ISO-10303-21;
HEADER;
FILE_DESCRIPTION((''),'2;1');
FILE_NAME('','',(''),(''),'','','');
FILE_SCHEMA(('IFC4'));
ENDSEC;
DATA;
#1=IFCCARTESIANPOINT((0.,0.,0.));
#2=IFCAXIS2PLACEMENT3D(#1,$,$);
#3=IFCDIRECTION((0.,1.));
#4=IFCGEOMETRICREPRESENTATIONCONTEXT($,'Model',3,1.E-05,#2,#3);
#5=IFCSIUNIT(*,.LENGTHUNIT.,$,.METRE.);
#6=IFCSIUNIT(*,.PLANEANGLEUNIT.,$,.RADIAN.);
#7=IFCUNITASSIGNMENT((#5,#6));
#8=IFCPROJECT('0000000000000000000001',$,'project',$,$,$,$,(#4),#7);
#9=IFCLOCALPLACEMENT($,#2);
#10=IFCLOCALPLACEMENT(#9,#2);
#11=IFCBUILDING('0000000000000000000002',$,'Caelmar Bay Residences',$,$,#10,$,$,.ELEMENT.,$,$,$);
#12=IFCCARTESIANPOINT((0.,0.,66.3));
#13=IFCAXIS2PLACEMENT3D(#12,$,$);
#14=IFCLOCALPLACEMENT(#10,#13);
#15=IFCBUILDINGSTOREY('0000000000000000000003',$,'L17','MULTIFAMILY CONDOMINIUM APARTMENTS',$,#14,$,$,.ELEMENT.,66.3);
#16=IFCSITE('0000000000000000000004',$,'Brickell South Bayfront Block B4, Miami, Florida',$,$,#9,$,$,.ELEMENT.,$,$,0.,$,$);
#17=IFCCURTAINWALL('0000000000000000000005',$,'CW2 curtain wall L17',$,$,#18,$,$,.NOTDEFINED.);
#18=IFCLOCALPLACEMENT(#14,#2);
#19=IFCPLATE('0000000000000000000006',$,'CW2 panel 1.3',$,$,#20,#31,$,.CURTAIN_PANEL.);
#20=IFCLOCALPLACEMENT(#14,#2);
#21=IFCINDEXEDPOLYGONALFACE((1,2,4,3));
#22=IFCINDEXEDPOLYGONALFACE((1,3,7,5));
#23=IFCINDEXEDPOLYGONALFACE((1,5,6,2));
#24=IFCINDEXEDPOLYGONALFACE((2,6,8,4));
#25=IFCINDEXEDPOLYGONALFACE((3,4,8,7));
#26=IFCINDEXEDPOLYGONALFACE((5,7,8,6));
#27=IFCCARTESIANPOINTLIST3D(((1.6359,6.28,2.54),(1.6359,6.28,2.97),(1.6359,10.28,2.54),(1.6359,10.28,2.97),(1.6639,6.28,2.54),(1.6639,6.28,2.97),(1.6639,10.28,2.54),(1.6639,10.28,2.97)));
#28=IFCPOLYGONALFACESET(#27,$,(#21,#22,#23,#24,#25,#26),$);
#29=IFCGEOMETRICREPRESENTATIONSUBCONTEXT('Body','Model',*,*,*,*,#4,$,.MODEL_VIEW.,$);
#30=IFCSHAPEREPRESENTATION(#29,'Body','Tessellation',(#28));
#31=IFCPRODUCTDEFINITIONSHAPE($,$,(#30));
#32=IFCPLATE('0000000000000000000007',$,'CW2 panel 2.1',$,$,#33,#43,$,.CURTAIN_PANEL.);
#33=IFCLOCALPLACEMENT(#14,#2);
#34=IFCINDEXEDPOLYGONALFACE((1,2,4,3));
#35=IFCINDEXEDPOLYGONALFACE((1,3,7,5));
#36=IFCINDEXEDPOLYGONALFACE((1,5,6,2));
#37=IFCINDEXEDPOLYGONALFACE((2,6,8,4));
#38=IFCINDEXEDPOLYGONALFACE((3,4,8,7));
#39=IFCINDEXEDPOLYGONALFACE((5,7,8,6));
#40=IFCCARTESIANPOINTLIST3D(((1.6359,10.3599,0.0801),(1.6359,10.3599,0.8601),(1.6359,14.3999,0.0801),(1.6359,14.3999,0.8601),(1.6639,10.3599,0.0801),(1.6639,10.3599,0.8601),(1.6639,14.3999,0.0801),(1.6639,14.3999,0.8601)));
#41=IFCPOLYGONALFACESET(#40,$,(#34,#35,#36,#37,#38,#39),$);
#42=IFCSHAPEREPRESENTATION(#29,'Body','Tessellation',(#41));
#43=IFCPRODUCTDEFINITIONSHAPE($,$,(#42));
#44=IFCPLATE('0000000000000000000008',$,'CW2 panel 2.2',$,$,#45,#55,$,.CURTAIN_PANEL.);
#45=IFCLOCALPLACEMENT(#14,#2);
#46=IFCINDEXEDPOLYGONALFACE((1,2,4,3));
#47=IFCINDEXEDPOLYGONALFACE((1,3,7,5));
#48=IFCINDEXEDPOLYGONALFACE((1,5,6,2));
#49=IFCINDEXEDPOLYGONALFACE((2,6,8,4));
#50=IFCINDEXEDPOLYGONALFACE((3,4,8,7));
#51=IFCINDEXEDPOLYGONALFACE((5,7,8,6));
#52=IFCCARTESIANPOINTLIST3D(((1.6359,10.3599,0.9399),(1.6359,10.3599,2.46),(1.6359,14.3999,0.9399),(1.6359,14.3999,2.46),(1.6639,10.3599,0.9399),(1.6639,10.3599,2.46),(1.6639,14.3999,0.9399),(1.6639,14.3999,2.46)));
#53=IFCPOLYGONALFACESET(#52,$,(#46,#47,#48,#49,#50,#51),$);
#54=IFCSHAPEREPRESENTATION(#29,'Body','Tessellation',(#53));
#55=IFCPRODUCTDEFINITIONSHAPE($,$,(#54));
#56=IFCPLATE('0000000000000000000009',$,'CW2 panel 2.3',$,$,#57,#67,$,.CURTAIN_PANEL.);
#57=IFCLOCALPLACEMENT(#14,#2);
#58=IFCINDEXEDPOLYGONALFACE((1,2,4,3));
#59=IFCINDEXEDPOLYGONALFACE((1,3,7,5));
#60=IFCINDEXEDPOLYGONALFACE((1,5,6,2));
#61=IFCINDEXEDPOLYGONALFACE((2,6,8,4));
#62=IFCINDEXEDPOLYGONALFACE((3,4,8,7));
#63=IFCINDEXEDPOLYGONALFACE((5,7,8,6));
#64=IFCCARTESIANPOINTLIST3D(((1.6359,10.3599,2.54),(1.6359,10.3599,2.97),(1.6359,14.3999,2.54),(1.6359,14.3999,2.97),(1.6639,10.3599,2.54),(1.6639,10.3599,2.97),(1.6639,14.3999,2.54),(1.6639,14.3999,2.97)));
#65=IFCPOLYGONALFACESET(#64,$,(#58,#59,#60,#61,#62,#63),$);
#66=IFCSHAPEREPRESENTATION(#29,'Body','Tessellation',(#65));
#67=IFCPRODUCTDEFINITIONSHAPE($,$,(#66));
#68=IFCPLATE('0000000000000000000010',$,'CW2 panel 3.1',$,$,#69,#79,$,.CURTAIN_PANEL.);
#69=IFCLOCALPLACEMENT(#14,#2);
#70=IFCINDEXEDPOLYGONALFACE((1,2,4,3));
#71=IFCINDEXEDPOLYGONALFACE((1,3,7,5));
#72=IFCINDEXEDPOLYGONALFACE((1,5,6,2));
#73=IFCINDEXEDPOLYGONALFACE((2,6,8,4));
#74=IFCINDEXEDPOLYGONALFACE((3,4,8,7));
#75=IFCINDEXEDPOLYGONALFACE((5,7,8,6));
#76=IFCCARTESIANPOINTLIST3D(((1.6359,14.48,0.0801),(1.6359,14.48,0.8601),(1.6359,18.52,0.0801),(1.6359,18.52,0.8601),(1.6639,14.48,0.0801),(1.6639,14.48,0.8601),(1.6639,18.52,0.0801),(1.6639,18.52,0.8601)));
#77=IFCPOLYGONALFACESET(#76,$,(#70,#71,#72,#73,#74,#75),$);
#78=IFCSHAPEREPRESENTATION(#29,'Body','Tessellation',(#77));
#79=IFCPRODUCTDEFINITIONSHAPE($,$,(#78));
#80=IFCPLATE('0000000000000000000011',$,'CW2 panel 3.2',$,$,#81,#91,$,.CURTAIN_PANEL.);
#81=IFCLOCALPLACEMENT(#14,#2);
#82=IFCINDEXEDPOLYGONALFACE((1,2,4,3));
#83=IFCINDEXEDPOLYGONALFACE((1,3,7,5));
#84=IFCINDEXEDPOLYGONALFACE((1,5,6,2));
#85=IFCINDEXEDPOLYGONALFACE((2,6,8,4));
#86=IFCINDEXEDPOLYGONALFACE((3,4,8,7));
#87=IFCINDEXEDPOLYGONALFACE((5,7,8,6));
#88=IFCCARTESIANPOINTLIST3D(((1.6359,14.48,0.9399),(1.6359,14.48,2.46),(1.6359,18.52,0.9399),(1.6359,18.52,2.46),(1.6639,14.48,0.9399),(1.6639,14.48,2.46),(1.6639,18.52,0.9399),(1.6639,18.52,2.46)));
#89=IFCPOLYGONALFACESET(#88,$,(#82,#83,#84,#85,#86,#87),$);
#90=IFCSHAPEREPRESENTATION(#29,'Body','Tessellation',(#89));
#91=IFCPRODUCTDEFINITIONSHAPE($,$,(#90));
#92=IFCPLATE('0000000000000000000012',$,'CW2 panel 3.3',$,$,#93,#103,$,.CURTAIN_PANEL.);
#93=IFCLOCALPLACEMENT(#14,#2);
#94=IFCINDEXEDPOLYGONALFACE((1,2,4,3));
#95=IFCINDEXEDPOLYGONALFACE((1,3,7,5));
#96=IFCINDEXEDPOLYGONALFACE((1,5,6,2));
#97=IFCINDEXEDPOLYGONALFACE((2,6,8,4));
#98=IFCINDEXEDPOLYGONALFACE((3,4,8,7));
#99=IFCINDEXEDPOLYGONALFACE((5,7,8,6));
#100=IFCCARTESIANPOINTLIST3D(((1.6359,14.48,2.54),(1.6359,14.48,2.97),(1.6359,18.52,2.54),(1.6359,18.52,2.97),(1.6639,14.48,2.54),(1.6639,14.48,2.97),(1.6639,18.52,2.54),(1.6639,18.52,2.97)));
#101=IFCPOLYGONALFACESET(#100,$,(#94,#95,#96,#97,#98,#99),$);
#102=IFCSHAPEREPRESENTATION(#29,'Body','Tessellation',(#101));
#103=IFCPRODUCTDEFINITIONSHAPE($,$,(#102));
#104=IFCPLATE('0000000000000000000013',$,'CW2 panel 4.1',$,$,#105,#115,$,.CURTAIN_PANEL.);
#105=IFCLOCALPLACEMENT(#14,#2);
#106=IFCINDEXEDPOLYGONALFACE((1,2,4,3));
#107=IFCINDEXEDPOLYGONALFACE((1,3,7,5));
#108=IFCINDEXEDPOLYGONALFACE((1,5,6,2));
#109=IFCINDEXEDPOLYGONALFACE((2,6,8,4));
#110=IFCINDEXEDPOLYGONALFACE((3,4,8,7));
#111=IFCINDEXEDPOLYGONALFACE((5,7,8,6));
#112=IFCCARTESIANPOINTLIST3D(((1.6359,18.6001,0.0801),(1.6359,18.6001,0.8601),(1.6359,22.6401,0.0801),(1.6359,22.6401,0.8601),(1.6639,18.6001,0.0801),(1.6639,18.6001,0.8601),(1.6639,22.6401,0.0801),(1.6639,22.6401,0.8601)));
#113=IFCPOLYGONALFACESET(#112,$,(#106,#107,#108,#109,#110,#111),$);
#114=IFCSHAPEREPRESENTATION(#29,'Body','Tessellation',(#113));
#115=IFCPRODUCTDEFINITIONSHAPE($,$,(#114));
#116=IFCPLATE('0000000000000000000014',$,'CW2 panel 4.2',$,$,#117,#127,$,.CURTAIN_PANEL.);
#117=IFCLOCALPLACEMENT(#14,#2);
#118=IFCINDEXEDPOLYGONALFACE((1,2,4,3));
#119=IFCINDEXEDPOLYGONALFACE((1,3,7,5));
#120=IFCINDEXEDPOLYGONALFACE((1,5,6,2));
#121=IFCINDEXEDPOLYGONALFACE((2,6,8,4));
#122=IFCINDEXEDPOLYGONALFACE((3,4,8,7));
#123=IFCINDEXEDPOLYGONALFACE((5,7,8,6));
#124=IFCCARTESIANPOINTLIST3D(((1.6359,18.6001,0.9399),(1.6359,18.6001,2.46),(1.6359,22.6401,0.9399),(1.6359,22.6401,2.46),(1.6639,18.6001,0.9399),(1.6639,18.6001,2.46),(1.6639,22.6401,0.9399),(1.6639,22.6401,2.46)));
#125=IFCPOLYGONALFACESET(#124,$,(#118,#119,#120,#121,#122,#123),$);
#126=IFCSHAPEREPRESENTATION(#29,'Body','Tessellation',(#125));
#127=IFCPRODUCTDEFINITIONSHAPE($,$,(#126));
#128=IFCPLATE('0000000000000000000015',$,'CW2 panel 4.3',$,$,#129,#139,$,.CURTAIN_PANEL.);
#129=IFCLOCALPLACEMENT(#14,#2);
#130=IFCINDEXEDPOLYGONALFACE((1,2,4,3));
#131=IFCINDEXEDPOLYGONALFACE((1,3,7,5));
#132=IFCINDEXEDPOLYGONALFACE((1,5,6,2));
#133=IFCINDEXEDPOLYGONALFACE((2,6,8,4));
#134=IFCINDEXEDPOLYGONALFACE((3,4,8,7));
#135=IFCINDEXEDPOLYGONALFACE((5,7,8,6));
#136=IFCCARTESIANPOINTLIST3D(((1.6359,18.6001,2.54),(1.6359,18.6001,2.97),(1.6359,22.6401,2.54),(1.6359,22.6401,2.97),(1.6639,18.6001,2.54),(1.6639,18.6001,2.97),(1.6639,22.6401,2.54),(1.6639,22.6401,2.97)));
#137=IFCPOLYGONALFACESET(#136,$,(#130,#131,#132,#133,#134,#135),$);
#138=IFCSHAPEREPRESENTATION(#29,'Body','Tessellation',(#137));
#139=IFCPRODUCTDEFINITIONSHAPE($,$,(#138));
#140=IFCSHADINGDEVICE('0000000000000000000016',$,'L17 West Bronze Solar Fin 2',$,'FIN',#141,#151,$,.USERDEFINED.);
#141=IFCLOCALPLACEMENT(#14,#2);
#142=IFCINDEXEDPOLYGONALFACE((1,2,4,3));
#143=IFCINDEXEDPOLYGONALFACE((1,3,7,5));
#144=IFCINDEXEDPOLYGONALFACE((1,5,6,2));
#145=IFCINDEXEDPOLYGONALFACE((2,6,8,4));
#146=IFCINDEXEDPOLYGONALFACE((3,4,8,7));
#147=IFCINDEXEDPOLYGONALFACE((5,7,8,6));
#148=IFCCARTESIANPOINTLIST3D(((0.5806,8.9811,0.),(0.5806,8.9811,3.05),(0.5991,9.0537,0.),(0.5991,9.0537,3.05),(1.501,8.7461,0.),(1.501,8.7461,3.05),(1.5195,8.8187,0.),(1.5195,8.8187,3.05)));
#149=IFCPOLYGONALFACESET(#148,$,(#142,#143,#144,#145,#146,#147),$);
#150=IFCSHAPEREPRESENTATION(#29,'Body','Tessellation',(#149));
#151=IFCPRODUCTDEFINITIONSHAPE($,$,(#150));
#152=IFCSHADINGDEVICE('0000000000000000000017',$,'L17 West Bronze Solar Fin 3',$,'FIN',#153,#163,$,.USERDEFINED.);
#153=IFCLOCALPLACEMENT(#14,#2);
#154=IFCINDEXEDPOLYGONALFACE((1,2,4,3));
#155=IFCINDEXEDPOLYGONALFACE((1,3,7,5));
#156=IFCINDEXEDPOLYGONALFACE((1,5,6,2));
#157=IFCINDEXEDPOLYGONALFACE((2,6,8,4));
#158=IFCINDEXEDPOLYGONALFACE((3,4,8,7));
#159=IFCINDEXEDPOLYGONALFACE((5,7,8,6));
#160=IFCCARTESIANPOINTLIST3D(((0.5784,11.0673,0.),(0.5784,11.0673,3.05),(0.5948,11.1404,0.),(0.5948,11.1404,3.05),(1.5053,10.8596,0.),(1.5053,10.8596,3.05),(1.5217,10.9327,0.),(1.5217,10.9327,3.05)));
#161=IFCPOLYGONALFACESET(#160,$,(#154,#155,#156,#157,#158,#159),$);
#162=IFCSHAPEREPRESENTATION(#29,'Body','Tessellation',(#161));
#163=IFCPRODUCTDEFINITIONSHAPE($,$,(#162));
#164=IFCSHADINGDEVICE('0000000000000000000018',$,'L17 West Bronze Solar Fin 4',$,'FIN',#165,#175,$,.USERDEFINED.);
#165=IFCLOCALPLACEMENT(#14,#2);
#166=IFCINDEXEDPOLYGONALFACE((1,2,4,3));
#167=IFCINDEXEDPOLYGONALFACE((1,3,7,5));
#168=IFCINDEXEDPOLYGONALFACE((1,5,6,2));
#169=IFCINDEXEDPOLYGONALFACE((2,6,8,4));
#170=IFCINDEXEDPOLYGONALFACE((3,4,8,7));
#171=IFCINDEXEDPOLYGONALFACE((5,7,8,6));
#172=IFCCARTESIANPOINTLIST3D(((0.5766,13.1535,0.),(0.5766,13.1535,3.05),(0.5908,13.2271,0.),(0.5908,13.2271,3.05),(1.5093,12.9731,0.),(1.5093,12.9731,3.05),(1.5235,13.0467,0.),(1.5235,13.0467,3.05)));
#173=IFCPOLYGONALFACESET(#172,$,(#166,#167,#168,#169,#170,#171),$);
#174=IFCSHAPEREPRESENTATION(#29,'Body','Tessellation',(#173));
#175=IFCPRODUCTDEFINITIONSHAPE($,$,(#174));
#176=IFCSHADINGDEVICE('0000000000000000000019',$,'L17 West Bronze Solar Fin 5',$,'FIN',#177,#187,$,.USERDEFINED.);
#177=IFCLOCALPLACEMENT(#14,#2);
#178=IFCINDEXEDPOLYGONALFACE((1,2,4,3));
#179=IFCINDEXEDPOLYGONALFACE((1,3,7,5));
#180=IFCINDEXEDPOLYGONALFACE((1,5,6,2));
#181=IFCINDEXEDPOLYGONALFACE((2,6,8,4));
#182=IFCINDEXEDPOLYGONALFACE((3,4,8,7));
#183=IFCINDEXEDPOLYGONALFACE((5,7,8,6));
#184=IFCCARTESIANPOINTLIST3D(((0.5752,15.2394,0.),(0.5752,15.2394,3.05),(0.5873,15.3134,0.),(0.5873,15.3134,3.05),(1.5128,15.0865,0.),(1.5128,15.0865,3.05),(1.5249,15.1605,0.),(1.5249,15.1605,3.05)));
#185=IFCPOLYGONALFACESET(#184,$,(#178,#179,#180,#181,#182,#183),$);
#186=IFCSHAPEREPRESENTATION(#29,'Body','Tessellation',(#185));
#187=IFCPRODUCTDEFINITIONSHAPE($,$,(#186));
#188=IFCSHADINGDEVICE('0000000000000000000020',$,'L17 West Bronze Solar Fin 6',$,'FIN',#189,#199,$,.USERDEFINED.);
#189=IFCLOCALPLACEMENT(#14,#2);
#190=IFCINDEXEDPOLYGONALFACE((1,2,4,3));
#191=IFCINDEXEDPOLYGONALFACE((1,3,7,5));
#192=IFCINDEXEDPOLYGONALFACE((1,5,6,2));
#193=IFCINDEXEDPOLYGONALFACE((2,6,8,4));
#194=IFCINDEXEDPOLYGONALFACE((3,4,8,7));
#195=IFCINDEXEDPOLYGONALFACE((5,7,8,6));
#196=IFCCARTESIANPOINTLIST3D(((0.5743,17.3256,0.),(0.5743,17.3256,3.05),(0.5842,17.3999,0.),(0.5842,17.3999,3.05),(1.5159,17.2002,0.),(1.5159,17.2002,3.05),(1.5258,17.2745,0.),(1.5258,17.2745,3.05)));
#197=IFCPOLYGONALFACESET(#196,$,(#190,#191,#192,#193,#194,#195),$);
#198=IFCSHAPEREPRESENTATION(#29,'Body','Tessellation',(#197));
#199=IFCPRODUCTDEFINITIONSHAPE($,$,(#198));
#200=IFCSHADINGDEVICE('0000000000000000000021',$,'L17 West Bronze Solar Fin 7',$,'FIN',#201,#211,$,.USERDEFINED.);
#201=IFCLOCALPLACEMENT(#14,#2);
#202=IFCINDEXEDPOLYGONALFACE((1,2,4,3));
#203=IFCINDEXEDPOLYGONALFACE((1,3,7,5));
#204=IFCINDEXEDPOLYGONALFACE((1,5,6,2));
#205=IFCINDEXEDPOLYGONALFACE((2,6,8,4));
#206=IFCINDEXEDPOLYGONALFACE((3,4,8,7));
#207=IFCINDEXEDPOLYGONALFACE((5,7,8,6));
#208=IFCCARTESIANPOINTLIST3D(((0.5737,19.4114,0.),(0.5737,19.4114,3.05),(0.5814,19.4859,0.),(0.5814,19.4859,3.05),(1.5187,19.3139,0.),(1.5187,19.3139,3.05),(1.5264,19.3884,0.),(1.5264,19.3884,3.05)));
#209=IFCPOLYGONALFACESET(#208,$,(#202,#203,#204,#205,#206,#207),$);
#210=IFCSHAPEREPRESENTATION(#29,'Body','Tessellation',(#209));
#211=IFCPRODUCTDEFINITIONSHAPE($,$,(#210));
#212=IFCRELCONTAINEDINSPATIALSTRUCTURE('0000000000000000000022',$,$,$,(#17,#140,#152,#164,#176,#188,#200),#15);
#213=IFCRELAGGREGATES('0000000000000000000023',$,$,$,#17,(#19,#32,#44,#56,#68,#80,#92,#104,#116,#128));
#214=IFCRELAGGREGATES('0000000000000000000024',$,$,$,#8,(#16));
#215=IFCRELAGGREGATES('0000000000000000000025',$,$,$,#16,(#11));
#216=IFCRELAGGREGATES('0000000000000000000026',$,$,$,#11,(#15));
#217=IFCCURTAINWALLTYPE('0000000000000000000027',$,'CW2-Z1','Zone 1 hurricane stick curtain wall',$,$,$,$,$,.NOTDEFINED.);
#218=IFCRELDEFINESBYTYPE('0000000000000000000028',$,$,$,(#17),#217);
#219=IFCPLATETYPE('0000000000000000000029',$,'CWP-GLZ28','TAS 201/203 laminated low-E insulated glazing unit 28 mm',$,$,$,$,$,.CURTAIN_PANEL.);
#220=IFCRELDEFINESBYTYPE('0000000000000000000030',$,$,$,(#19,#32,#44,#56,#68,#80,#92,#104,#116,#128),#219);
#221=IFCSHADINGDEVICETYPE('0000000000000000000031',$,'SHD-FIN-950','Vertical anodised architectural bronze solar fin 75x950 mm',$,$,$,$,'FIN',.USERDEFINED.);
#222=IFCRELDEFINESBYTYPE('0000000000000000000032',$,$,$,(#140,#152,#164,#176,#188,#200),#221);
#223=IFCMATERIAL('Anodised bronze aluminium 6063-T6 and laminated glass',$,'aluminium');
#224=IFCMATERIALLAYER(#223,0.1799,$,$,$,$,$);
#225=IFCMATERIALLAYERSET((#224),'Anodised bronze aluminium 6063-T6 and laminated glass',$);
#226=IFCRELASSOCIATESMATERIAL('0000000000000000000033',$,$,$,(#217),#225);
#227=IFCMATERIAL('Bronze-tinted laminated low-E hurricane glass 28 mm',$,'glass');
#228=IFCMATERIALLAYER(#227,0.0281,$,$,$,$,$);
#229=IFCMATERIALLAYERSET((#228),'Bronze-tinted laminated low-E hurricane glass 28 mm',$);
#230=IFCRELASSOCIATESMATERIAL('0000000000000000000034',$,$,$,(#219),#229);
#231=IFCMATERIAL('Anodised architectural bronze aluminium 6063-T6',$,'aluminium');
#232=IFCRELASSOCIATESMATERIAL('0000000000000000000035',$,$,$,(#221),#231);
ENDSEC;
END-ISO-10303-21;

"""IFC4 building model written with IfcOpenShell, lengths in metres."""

from ifc_helpers import new_model, si_unit, direction, frame, origin, origin_2d, place, context, subcontext, project, spatial, rectangle, extrude, material, layer, layer_set, material_profile, profile_set, type_object, element, aggregate, save


model = new_model("IFC4")

# Units and contexts
model_context = context("Model", 3, precision=1e-05, world=origin(), true_north=direction((0.0, 1.0)))
body_context = subcontext(model_context, "Body", "Model", "MODEL_VIEW")
ifc_project = project(units=[si_unit("LENGTHUNIT", "METRE"), si_unit("PLANEANGLEUNIT", "RADIAN")], contexts=[model_context])

# Site, building, storey
site_placement = place(None, origin())
site = spatial("IfcSite", under=ifc_project, at=site_placement, Name="Brickell South Bayfront Block B4, Miami, Florida", CompositionType="ELEMENT", RefElevation=0.0)
building_placement = place(site_placement, origin())
building = spatial("IfcBuilding", under=site, at=building_placement, Name="Caelmar Bay Residences", CompositionType="ELEMENT")
storey_placement = place(building_placement, frame((0.0, 0.0, 66.3)))
storey = spatial("IfcBuildingStorey", under=building, at=storey_placement, Name="L17", Description="MULTIFAMILY CONDOMINIUM APARTMENTS", CompositionType="ELEMENT", Elevation=66.3)

# Curtain wall, plates
ifc_material_1 = material(Name="Anodised bronze aluminium 6063-T6 and laminated glass", Category="aluminium")
ifc_layer_1 = layer(ifc_material_1, 0.1799)
ifc_layer_set_1 = layer_set([ifc_layer_1], Name="Anodised bronze aluminium 6063-T6 and laminated glass")
curtain_wall_type = type_object("IfcCurtainWallType", Name="CW2-Z1", Description="Zone 1 hurricane stick curtain wall", PredefinedType="NOTDEFINED", material=ifc_layer_set_1)
curtain_wall_placement = place(storey_placement, origin())
curtain_wall = element("IfcCurtainWall", 1, at=curtain_wall_placement, inside=storey, type_object=curtain_wall_type, Name="CW2 curtain wall L17", PredefinedType="NOTDEFINED")
ifc_material_2 = material(Name="Bronze-tinted laminated low-E hurricane glass 28 mm", Category="glass")
ifc_layer_2 = layer(ifc_material_2, 0.0281)
ifc_layer_set_2 = layer_set([ifc_layer_2], Name="Bronze-tinted laminated low-E hurricane glass 28 mm")
plate_type = type_object("IfcPlateType", Name="CWP-GLZ28", Description="TAS 201/203 laminated low-E insulated glazing unit 28 mm", PredefinedType="CURTAIN_PANEL", material=ifc_layer_set_2)
plate_1_placement = place(storey_placement, frame((1.6499, 8.28, 2.54), z_axis=(0.0, 0.0, 1.0), x_axis=(0.0, 1.0, 0.0)))
plate_1 = element("IfcPlate", 2, at=plate_1_placement, type_object=plate_type, Name="CW2 panel 1.3", PredefinedType="CURTAIN_PANEL", context=body_context, shape_type="SweptSolid", body=[
    extrude(rectangle(XDim=4.0, YDim=0.0281, at=origin_2d()), origin(), (0.0, 0.0, 1.0), 0.4299),
])
plate_2_placement = place(storey_placement, frame((1.6499, 12.3799, 0.0801), z_axis=(0.0, 0.0, 1.0), x_axis=(0.0, 1.0, 0.0)))
plate_2 = element("IfcPlate", 3, at=plate_2_placement, type_object=plate_type, Name="CW2 panel 2.1", PredefinedType="CURTAIN_PANEL", context=body_context, shape_type="SweptSolid", body=[
    extrude(rectangle(XDim=4.04, YDim=0.0281, at=origin_2d()), origin(), (0.0, 0.0, 1.0), 0.78),
])
plate_3_placement = place(storey_placement, frame((1.6499, 12.3799, 0.9399), z_axis=(0.0, 0.0, 1.0), x_axis=(0.0, 1.0, 0.0)))
plate_3 = element("IfcPlate", 4, at=plate_3_placement, type_object=plate_type, Name="CW2 panel 2.2", PredefinedType="CURTAIN_PANEL", context=body_context, shape_type="SweptSolid", body=[
    extrude(rectangle(XDim=4.04, YDim=0.0281, at=origin_2d()), origin(), (0.0, 0.0, 1.0), 1.52),
])
plate_4_placement = place(storey_placement, frame((1.6499, 12.3799, 2.54), z_axis=(0.0, 0.0, 1.0), x_axis=(0.0, 1.0, 0.0)))
plate_4 = element("IfcPlate", 5, at=plate_4_placement, type_object=plate_type, Name="CW2 panel 2.3", PredefinedType="CURTAIN_PANEL", context=body_context, shape_type="SweptSolid", body=[
    extrude(rectangle(XDim=4.04, YDim=0.0281, at=origin_2d()), origin(), (0.0, 0.0, 1.0), 0.4299),
])
plate_5_placement = place(storey_placement, frame((1.6499, 16.5, 0.0801), z_axis=(0.0, 0.0, 1.0), x_axis=(0.0, 1.0, 0.0)))
plate_5 = element("IfcPlate", 6, at=plate_5_placement, type_object=plate_type, Name="CW2 panel 3.1", PredefinedType="CURTAIN_PANEL", context=body_context, shape_type="SweptSolid", body=[
    extrude(rectangle(XDim=4.04, YDim=0.0281, at=origin_2d()), origin(), (0.0, 0.0, 1.0), 0.78),
])
plate_6_placement = place(storey_placement, frame((1.6499, 16.5, 0.9399), z_axis=(0.0, 0.0, 1.0), x_axis=(0.0, 1.0, 0.0)))
plate_6 = element("IfcPlate", 7, at=plate_6_placement, type_object=plate_type, Name="CW2 panel 3.2", PredefinedType="CURTAIN_PANEL", context=body_context, shape_type="SweptSolid", body=[
    extrude(rectangle(XDim=4.04, YDim=0.0281, at=origin_2d()), origin(), (0.0, 0.0, 1.0), 1.52),
])
plate_7_placement = place(storey_placement, frame((1.6499, 16.5, 2.54), z_axis=(0.0, 0.0, 1.0), x_axis=(0.0, 1.0, 0.0)))
plate_7 = element("IfcPlate", 8, at=plate_7_placement, type_object=plate_type, Name="CW2 panel 3.3", PredefinedType="CURTAIN_PANEL", context=body_context, shape_type="SweptSolid", body=[
    extrude(rectangle(XDim=4.04, YDim=0.0281, at=origin_2d()), origin(), (0.0, 0.0, 1.0), 0.4299),
])
plate_8_placement = place(storey_placement, frame((1.6499, 20.6201, 0.0801), z_axis=(0.0, 0.0, 1.0), x_axis=(0.0, 1.0, 0.0)))
plate_8 = element("IfcPlate", 9, at=plate_8_placement, type_object=plate_type, Name="CW2 panel 4.1", PredefinedType="CURTAIN_PANEL", context=body_context, shape_type="SweptSolid", body=[
    extrude(rectangle(XDim=4.04, YDim=0.0281, at=origin_2d()), origin(), (0.0, 0.0, 1.0), 0.78),
])
plate_9_placement = place(storey_placement, frame((1.6499, 20.6201, 0.9399), z_axis=(0.0, 0.0, 1.0), x_axis=(0.0, 1.0, 0.0)))
plate_9 = element("IfcPlate", 10, at=plate_9_placement, type_object=plate_type, Name="CW2 panel 4.2", PredefinedType="CURTAIN_PANEL", context=body_context, shape_type="SweptSolid", body=[
    extrude(rectangle(XDim=4.04, YDim=0.0281, at=origin_2d()), origin(), (0.0, 0.0, 1.0), 1.52),
])
plate_10_placement = place(storey_placement, frame((1.6499, 20.6201, 2.54), z_axis=(0.0, 0.0, 1.0), x_axis=(0.0, 1.0, 0.0)))
plate_10 = element("IfcPlate", 11, at=plate_10_placement, type_object=plate_type, Name="CW2 panel 4.3", PredefinedType="CURTAIN_PANEL", context=body_context, shape_type="SweptSolid", body=[
    extrude(rectangle(XDim=4.04, YDim=0.0281, at=origin_2d()), origin(), (0.0, 0.0, 1.0), 0.4299),
])
aggregate(curtain_wall, [plate_1, plate_2, plate_3, plate_4, plate_5, plate_6, plate_7, plate_8, plate_9, plate_10])

# Shading devices
ifc_material_3 = material(Name="Anodised architectural bronze aluminium 6063-T6", Category="aluminium")
ifc_material_profile_1 = material_profile(ifc_material_3, rectangle(XDim=0.075, YDim=0.95, at=origin_2d()), Name="BRONZE-FIN-75X950")
ifc_profile_set_1 = profile_set([ifc_material_profile_1], Name="Anodised architectural bronze aluminium 6063-T6")
shading_device_type = type_object("IfcShadingDeviceType", Name="SHD-FIN-950", Description="Vertical anodised architectural bronze solar fin 75x950 mm", ElementType="FIN", PredefinedType="USERDEFINED", material=ifc_profile_set_1)
for number, where, z_axis, x_axis, name in (
    (12, (1.05, 8.8999, 0.0), (0.0, 0.0, 1.0), (0.247337, 0.968929, 0.0), "L17 West Bronze Solar Fin 2"),
    (13, (1.05, 11.0, 0.0), (0.0, 0.0, 1.0), (0.218654, 0.975802, 0.0), "L17 West Bronze Solar Fin 3"),
    (14, (1.05, 13.1001, 0.0), (0.0, 0.0, 1.0), (0.189952, 0.981793, 0.0), "L17 West Bronze Solar Fin 4"),
    (15, (1.05, 15.2, 0.0), (0.0, 0.0, 1.0), (0.160915, 0.986968, 0.0), "L17 West Bronze Solar Fin 5"),
    (16, (1.05, 17.3, 0.0), (0.0, 0.0, 1.0), (0.13191, 0.991262, 0.0), "L17 West Bronze Solar Fin 6"),
    (17, (1.05, 19.3999, 0.0), (0.0, 0.0, 1.0), (0.102619, 0.994721, 0.0), "L17 West Bronze Solar Fin 7"),
):
    element("IfcShadingDevice", number, at=place(storey_placement, frame(where, z_axis=z_axis, x_axis=x_axis)), inside=storey, type_object=shading_device_type, Name=name, ObjectType="FIN", PredefinedType="USERDEFINED", context=body_context, shape_type="SweptSolid", body=[
        extrude(rectangle(XDim=0.075, YDim=0.95, at=origin_2d()), origin(), (0.0, 0.0, 1.0), 3.05),
    ])

save(model, "model.ifc")
